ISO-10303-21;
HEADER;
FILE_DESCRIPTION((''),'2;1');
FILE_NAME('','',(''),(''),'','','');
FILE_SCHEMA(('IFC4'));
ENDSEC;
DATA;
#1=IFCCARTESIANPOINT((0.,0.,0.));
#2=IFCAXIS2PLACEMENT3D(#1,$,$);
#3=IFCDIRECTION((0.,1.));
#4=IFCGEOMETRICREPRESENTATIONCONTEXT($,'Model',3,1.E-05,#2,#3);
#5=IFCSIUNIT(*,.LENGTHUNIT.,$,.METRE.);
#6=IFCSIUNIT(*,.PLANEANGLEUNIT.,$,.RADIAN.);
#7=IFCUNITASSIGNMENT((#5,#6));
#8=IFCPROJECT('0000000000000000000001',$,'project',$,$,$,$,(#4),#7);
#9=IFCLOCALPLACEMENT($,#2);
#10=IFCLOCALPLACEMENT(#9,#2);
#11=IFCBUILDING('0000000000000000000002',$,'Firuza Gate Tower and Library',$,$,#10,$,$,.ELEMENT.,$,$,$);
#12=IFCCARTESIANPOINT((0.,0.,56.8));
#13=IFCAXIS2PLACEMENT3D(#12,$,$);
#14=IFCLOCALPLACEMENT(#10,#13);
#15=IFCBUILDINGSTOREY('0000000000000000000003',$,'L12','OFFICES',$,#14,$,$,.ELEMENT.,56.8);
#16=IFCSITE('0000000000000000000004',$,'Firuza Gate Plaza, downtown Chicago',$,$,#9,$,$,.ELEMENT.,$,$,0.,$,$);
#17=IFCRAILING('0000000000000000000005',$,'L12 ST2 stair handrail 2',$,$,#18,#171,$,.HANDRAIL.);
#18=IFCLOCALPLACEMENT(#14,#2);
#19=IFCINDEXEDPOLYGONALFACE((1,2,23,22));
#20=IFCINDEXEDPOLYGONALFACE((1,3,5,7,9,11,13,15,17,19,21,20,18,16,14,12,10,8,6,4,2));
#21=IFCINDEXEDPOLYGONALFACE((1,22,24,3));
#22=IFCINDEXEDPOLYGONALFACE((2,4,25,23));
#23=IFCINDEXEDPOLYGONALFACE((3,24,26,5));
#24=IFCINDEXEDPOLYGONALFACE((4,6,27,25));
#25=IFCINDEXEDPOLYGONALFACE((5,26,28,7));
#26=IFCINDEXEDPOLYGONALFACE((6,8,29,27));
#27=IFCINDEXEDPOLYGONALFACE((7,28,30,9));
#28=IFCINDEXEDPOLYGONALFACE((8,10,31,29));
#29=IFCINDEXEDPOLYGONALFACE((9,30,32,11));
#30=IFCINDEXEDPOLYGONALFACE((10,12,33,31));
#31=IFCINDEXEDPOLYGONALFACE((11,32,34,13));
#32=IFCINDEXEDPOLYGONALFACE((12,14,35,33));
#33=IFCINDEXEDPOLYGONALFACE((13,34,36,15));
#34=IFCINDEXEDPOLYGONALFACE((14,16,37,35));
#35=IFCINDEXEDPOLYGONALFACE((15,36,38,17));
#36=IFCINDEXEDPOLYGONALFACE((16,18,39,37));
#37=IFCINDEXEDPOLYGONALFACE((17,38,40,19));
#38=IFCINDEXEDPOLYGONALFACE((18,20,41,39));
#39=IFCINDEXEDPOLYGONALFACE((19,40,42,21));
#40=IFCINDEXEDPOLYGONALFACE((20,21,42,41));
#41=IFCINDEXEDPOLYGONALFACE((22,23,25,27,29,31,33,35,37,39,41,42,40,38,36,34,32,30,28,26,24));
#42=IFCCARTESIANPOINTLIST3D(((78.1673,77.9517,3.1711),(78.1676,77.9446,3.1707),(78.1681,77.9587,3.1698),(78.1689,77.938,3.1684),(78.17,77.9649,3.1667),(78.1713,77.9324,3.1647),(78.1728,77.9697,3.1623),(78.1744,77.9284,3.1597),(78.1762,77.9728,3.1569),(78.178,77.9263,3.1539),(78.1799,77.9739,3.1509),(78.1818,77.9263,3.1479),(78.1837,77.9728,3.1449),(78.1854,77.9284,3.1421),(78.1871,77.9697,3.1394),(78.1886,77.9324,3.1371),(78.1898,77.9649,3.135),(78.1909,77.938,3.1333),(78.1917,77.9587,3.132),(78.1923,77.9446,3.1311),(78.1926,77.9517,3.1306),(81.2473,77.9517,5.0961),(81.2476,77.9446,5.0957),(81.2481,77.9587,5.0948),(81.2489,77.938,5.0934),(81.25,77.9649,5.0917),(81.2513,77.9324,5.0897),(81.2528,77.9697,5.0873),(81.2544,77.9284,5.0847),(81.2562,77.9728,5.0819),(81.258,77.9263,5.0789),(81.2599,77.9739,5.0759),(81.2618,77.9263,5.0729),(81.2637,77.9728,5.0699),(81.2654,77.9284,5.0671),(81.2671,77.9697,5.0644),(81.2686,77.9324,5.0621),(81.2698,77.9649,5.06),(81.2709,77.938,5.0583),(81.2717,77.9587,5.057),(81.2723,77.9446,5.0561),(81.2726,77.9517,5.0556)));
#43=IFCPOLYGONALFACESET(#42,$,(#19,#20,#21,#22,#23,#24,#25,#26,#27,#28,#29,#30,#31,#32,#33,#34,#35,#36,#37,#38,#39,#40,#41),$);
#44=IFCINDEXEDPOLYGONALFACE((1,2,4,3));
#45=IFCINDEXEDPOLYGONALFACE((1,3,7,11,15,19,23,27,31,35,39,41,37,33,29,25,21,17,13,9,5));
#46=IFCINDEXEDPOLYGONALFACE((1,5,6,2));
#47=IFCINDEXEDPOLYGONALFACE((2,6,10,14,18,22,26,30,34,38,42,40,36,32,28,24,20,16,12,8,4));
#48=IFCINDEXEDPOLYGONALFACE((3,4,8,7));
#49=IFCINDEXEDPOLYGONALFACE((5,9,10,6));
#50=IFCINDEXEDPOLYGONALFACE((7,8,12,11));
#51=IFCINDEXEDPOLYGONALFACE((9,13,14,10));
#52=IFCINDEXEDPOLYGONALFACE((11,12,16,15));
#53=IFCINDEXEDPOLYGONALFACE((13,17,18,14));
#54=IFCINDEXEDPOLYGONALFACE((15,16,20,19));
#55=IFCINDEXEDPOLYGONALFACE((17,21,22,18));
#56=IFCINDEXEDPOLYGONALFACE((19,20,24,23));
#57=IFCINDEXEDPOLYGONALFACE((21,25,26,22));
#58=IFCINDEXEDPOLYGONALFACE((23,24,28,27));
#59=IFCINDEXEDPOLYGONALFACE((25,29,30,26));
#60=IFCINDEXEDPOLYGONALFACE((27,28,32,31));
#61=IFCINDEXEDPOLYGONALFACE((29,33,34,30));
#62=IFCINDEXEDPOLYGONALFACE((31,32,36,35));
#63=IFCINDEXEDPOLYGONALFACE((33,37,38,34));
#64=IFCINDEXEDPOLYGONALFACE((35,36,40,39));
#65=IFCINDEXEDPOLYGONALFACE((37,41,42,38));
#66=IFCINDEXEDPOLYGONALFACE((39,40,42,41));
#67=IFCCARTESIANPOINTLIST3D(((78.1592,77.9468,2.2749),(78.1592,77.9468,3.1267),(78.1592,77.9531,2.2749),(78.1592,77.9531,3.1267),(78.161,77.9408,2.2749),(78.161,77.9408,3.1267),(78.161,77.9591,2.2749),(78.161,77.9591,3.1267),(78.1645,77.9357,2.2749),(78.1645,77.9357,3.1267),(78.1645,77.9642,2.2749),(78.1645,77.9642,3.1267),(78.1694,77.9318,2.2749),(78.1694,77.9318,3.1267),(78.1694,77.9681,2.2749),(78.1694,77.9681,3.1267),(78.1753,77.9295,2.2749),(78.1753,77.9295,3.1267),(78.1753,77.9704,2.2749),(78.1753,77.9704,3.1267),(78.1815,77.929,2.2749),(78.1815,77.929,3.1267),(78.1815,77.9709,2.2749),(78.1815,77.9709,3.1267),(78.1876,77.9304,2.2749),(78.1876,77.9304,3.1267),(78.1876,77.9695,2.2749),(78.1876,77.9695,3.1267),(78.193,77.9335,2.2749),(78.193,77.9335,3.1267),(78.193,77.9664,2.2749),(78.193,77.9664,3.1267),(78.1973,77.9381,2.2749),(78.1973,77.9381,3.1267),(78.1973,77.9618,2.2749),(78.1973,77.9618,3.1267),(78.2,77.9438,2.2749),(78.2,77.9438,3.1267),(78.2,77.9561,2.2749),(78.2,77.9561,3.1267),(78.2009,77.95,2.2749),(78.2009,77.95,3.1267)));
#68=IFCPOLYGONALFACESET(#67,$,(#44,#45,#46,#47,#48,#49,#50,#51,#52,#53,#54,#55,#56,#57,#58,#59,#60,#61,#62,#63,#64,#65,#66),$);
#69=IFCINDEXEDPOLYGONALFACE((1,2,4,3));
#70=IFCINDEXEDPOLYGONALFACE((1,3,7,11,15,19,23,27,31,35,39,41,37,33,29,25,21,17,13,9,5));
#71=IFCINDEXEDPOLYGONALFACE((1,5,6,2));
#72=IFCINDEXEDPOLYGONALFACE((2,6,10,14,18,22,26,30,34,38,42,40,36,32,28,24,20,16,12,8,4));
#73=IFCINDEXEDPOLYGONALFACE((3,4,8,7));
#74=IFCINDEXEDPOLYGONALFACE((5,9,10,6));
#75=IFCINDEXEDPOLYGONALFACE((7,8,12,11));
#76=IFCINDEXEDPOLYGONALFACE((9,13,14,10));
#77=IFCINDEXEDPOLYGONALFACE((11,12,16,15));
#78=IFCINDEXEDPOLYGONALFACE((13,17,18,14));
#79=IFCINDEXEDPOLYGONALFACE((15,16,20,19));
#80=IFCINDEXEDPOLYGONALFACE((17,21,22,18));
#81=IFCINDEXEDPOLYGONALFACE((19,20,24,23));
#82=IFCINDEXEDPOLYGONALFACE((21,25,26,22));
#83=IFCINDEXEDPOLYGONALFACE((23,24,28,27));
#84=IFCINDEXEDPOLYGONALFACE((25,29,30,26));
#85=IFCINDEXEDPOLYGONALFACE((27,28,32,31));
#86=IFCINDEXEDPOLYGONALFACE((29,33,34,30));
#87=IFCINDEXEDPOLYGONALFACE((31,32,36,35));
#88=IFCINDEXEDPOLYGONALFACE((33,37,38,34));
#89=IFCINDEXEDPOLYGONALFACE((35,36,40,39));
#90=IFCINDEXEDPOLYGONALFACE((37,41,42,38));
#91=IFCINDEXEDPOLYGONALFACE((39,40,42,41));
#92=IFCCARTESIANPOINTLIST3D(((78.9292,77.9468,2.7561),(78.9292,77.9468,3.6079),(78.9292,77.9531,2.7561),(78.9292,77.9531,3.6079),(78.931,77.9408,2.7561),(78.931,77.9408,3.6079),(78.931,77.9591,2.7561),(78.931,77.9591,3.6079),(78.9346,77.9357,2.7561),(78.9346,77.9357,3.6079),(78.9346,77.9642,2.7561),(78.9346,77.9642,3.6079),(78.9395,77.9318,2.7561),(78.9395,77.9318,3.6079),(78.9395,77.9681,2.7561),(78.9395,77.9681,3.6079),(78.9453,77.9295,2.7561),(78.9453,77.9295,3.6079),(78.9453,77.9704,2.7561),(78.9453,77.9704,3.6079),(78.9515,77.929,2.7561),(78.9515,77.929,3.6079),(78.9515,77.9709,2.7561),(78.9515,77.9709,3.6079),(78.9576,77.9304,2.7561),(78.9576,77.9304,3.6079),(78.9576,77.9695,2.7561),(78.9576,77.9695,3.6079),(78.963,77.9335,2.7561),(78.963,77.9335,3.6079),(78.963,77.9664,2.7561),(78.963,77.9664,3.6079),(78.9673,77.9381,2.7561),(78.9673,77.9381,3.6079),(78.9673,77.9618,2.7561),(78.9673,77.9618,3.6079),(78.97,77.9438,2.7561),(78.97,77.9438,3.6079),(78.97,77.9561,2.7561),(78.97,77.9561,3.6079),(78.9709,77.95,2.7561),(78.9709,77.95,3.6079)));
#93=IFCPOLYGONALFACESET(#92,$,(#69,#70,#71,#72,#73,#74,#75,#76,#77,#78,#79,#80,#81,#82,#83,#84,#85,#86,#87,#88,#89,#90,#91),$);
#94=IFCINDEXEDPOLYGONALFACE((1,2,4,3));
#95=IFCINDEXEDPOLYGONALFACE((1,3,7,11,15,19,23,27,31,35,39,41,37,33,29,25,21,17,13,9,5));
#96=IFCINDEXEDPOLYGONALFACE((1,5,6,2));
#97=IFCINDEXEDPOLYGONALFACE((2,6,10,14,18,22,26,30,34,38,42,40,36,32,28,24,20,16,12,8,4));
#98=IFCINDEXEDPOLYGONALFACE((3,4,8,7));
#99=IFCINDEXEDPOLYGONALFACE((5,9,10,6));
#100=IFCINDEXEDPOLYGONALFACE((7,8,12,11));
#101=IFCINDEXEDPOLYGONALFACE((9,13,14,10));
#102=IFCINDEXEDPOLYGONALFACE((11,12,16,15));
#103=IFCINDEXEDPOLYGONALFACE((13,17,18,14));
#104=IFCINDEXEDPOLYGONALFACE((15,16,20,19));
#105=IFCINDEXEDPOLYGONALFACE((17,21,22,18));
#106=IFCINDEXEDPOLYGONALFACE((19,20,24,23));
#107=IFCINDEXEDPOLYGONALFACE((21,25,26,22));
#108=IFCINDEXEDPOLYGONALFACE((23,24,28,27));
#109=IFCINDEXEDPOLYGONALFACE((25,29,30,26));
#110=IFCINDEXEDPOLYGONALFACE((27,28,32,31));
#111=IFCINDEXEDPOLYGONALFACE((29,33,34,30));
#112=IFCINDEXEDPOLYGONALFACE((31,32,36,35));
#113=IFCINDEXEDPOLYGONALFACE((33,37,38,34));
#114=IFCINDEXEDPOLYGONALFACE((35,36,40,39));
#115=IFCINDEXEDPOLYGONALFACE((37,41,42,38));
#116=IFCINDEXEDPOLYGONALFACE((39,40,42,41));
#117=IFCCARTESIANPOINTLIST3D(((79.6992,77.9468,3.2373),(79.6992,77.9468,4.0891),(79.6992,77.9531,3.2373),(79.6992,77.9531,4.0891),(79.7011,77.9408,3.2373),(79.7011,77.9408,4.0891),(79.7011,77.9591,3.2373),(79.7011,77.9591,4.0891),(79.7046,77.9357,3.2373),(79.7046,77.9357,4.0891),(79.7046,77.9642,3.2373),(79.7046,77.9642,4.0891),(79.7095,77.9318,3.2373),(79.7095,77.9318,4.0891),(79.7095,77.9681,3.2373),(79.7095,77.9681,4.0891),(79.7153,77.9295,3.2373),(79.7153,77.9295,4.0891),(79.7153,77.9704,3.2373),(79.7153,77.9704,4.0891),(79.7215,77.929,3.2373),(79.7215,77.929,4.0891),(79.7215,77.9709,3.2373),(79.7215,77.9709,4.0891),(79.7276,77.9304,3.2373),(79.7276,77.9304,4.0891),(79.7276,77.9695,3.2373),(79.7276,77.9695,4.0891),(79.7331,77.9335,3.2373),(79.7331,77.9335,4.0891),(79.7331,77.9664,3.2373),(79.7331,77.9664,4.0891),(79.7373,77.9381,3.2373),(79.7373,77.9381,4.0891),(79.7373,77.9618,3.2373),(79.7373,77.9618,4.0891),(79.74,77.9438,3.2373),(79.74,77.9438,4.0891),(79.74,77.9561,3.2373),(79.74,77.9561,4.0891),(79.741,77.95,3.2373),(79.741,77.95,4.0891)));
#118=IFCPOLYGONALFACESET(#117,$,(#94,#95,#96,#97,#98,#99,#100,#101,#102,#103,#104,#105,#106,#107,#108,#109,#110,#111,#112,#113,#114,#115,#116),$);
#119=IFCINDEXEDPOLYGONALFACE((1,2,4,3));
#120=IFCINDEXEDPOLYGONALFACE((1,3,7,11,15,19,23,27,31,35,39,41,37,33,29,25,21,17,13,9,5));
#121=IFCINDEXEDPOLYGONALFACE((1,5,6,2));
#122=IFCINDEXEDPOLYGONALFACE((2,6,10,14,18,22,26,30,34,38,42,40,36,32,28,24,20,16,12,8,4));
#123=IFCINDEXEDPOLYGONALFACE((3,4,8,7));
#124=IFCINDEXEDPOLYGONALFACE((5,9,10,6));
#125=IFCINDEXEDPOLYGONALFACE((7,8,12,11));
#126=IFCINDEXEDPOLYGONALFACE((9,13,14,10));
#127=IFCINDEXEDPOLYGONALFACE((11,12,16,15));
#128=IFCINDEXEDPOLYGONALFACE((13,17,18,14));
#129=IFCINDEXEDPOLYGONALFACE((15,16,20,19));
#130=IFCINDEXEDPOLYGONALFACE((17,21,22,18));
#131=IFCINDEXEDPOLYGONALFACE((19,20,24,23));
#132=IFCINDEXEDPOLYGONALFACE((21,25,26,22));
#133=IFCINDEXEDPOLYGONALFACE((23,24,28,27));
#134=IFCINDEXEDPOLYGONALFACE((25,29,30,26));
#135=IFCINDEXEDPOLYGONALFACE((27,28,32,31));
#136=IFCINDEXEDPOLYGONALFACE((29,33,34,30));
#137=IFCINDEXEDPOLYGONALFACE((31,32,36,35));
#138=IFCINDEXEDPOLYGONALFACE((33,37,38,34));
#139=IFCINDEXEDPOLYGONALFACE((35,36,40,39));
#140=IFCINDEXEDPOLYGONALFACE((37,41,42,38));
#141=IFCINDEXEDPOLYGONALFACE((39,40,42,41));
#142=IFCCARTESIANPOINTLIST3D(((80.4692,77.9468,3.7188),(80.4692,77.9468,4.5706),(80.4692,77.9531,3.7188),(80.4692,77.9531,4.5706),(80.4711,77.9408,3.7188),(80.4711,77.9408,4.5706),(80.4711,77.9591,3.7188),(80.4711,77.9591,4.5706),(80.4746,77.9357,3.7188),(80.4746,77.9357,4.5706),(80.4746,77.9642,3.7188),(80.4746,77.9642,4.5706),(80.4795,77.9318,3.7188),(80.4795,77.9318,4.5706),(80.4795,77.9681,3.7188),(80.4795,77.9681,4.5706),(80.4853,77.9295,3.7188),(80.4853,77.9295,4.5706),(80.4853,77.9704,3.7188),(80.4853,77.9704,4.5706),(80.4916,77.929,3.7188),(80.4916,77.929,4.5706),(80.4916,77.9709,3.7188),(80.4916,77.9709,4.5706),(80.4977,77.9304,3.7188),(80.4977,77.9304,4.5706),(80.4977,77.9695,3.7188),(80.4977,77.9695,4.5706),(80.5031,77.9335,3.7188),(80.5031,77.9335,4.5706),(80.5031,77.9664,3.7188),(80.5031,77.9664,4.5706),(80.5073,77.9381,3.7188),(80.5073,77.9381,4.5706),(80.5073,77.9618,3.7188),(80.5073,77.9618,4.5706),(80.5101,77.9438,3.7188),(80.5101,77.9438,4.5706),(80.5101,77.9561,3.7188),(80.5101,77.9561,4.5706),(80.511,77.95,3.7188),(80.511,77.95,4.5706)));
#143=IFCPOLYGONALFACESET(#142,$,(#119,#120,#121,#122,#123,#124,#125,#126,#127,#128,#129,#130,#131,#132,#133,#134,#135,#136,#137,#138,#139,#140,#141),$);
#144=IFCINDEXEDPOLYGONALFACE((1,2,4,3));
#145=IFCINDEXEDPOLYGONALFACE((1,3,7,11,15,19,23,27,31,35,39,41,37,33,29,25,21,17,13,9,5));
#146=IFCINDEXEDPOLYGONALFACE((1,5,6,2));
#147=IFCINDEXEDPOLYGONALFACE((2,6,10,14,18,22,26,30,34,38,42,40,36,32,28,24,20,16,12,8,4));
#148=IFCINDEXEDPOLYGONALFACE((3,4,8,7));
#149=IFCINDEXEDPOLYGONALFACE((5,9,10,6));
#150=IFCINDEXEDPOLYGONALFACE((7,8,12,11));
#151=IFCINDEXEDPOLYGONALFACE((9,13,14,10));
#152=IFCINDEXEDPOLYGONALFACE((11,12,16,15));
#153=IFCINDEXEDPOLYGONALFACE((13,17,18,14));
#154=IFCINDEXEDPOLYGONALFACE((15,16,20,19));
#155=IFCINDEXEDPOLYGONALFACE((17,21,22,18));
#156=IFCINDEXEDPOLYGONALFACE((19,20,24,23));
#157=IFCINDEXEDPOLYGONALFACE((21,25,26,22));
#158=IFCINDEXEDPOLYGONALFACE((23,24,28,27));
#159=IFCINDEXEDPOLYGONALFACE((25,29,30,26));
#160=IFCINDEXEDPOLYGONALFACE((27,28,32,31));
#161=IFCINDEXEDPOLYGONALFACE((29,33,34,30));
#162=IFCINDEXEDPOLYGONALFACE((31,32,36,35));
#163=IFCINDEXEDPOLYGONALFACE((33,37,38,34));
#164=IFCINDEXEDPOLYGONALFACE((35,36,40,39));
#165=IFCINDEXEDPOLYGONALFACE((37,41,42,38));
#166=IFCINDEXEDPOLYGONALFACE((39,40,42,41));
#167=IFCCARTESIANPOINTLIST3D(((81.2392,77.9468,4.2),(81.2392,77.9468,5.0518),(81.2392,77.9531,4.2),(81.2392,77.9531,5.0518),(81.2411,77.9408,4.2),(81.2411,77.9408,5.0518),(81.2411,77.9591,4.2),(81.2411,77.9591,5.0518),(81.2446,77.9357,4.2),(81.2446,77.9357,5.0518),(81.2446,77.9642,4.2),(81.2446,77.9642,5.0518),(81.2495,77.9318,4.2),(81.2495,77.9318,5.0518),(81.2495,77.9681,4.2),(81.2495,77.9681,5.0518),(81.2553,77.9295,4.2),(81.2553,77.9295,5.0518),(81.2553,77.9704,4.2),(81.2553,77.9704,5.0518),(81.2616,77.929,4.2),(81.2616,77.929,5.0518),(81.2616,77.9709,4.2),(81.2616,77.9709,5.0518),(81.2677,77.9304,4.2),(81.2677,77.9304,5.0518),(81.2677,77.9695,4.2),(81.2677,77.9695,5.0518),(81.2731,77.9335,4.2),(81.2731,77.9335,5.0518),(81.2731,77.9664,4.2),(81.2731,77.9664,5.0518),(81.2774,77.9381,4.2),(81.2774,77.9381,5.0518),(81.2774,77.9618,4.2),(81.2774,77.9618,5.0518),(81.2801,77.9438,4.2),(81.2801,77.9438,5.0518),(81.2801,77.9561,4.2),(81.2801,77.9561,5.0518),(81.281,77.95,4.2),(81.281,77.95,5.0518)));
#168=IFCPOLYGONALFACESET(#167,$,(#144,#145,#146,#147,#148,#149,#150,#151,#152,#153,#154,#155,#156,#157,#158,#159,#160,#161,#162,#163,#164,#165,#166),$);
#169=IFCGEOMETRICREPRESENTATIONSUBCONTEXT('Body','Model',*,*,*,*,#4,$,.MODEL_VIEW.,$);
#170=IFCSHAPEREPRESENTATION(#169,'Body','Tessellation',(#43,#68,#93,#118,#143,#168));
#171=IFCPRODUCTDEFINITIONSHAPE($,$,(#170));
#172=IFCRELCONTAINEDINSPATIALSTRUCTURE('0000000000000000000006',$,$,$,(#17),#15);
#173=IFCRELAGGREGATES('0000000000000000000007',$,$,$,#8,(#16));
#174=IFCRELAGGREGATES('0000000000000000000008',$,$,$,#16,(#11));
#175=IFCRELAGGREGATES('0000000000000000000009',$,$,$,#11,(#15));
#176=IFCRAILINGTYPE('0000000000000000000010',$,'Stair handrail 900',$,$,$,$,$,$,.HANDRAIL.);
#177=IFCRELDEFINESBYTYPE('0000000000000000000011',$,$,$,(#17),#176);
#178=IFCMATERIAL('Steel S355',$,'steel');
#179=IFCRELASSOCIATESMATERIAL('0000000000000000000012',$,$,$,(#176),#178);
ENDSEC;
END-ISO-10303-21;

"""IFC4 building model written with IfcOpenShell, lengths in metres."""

from ifc_helpers import new_model, si_unit, direction, frame, origin, origin_2d, place, context, subcontext, project, spatial, circle, extrude, material, type_object, element, save


model = new_model("IFC4")

# Units and contexts
model_context = context("Model", 3, precision=1e-05, world=origin(), true_north=direction((0.0, 1.0)))
body_context = subcontext(model_context, "Body", "Model", "MODEL_VIEW")
ifc_project = project(units=[si_unit("LENGTHUNIT", "METRE"), si_unit("PLANEANGLEUNIT", "RADIAN")], contexts=[model_context])

# Site, building, storey
site_placement = place(None, origin())
site = spatial("IfcSite", under=ifc_project, at=site_placement, Name="Firuza Gate Plaza, downtown Chicago", CompositionType="ELEMENT", RefElevation=0.0)
building_placement = place(site_placement, origin())
building = spatial("IfcBuilding", under=site, at=building_placement, Name="Firuza Gate Tower and Library", CompositionType="ELEMENT")
storey_placement = place(building_placement, frame((0.0, 0.0, 56.8)))
storey = spatial("IfcBuildingStorey", under=building, at=storey_placement, Name="L12", Description="OFFICES", CompositionType="ELEMENT", Elevation=56.8)

# Railing
ifc_material_1 = material(Name="Steel S355", Category="steel")
railing_type_1 = type_object("IfcRailingType", Name="Stair handrail 900", PredefinedType="HANDRAIL", material=ifc_material_1)
railing_1_placement = place(storey_placement, frame((78.1799, 77.95, 2.2749)))
element("IfcRailing", 1, at=railing_1_placement, inside=storey, type_object=railing_type_1, Name="L12 ST2 stair handrail 2", PredefinedType="HANDRAIL", context=body_context, shape_type="SweptSolid", body=[
    extrude(circle(Radius=0.0239, at=origin_2d()), frame((0.0, 0.0, 0.876), z_axis=(0.847998, 0.0, 0.529999), x_axis=(0.0, 1.0, 0.0)), (0.0, 0.0, 1.0), 3.6321),
    extrude(circle(Radius=0.021, at=origin_2d()), origin(), (0.0, 0.0, 1.0), 0.8518),
    extrude(circle(Radius=0.021, at=origin_2d()), frame((0.77, 0.0, 0.4812)), (0.0, 0.0, 1.0), 0.8518),
    extrude(circle(Radius=0.021, at=origin_2d()), frame((1.54, 0.0, 0.9624)), (0.0, 0.0, 1.0), 0.8518),
    extrude(circle(Radius=0.021, at=origin_2d()), frame((2.3101, 0.0, 1.4438)), (0.0, 0.0, 1.0), 0.8518),
    extrude(circle(Radius=0.021, at=origin_2d()), frame((3.0801, 0.0, 1.925)), (0.0, 0.0, 1.0), 0.8518),
])

save(model, "model.ifc")
